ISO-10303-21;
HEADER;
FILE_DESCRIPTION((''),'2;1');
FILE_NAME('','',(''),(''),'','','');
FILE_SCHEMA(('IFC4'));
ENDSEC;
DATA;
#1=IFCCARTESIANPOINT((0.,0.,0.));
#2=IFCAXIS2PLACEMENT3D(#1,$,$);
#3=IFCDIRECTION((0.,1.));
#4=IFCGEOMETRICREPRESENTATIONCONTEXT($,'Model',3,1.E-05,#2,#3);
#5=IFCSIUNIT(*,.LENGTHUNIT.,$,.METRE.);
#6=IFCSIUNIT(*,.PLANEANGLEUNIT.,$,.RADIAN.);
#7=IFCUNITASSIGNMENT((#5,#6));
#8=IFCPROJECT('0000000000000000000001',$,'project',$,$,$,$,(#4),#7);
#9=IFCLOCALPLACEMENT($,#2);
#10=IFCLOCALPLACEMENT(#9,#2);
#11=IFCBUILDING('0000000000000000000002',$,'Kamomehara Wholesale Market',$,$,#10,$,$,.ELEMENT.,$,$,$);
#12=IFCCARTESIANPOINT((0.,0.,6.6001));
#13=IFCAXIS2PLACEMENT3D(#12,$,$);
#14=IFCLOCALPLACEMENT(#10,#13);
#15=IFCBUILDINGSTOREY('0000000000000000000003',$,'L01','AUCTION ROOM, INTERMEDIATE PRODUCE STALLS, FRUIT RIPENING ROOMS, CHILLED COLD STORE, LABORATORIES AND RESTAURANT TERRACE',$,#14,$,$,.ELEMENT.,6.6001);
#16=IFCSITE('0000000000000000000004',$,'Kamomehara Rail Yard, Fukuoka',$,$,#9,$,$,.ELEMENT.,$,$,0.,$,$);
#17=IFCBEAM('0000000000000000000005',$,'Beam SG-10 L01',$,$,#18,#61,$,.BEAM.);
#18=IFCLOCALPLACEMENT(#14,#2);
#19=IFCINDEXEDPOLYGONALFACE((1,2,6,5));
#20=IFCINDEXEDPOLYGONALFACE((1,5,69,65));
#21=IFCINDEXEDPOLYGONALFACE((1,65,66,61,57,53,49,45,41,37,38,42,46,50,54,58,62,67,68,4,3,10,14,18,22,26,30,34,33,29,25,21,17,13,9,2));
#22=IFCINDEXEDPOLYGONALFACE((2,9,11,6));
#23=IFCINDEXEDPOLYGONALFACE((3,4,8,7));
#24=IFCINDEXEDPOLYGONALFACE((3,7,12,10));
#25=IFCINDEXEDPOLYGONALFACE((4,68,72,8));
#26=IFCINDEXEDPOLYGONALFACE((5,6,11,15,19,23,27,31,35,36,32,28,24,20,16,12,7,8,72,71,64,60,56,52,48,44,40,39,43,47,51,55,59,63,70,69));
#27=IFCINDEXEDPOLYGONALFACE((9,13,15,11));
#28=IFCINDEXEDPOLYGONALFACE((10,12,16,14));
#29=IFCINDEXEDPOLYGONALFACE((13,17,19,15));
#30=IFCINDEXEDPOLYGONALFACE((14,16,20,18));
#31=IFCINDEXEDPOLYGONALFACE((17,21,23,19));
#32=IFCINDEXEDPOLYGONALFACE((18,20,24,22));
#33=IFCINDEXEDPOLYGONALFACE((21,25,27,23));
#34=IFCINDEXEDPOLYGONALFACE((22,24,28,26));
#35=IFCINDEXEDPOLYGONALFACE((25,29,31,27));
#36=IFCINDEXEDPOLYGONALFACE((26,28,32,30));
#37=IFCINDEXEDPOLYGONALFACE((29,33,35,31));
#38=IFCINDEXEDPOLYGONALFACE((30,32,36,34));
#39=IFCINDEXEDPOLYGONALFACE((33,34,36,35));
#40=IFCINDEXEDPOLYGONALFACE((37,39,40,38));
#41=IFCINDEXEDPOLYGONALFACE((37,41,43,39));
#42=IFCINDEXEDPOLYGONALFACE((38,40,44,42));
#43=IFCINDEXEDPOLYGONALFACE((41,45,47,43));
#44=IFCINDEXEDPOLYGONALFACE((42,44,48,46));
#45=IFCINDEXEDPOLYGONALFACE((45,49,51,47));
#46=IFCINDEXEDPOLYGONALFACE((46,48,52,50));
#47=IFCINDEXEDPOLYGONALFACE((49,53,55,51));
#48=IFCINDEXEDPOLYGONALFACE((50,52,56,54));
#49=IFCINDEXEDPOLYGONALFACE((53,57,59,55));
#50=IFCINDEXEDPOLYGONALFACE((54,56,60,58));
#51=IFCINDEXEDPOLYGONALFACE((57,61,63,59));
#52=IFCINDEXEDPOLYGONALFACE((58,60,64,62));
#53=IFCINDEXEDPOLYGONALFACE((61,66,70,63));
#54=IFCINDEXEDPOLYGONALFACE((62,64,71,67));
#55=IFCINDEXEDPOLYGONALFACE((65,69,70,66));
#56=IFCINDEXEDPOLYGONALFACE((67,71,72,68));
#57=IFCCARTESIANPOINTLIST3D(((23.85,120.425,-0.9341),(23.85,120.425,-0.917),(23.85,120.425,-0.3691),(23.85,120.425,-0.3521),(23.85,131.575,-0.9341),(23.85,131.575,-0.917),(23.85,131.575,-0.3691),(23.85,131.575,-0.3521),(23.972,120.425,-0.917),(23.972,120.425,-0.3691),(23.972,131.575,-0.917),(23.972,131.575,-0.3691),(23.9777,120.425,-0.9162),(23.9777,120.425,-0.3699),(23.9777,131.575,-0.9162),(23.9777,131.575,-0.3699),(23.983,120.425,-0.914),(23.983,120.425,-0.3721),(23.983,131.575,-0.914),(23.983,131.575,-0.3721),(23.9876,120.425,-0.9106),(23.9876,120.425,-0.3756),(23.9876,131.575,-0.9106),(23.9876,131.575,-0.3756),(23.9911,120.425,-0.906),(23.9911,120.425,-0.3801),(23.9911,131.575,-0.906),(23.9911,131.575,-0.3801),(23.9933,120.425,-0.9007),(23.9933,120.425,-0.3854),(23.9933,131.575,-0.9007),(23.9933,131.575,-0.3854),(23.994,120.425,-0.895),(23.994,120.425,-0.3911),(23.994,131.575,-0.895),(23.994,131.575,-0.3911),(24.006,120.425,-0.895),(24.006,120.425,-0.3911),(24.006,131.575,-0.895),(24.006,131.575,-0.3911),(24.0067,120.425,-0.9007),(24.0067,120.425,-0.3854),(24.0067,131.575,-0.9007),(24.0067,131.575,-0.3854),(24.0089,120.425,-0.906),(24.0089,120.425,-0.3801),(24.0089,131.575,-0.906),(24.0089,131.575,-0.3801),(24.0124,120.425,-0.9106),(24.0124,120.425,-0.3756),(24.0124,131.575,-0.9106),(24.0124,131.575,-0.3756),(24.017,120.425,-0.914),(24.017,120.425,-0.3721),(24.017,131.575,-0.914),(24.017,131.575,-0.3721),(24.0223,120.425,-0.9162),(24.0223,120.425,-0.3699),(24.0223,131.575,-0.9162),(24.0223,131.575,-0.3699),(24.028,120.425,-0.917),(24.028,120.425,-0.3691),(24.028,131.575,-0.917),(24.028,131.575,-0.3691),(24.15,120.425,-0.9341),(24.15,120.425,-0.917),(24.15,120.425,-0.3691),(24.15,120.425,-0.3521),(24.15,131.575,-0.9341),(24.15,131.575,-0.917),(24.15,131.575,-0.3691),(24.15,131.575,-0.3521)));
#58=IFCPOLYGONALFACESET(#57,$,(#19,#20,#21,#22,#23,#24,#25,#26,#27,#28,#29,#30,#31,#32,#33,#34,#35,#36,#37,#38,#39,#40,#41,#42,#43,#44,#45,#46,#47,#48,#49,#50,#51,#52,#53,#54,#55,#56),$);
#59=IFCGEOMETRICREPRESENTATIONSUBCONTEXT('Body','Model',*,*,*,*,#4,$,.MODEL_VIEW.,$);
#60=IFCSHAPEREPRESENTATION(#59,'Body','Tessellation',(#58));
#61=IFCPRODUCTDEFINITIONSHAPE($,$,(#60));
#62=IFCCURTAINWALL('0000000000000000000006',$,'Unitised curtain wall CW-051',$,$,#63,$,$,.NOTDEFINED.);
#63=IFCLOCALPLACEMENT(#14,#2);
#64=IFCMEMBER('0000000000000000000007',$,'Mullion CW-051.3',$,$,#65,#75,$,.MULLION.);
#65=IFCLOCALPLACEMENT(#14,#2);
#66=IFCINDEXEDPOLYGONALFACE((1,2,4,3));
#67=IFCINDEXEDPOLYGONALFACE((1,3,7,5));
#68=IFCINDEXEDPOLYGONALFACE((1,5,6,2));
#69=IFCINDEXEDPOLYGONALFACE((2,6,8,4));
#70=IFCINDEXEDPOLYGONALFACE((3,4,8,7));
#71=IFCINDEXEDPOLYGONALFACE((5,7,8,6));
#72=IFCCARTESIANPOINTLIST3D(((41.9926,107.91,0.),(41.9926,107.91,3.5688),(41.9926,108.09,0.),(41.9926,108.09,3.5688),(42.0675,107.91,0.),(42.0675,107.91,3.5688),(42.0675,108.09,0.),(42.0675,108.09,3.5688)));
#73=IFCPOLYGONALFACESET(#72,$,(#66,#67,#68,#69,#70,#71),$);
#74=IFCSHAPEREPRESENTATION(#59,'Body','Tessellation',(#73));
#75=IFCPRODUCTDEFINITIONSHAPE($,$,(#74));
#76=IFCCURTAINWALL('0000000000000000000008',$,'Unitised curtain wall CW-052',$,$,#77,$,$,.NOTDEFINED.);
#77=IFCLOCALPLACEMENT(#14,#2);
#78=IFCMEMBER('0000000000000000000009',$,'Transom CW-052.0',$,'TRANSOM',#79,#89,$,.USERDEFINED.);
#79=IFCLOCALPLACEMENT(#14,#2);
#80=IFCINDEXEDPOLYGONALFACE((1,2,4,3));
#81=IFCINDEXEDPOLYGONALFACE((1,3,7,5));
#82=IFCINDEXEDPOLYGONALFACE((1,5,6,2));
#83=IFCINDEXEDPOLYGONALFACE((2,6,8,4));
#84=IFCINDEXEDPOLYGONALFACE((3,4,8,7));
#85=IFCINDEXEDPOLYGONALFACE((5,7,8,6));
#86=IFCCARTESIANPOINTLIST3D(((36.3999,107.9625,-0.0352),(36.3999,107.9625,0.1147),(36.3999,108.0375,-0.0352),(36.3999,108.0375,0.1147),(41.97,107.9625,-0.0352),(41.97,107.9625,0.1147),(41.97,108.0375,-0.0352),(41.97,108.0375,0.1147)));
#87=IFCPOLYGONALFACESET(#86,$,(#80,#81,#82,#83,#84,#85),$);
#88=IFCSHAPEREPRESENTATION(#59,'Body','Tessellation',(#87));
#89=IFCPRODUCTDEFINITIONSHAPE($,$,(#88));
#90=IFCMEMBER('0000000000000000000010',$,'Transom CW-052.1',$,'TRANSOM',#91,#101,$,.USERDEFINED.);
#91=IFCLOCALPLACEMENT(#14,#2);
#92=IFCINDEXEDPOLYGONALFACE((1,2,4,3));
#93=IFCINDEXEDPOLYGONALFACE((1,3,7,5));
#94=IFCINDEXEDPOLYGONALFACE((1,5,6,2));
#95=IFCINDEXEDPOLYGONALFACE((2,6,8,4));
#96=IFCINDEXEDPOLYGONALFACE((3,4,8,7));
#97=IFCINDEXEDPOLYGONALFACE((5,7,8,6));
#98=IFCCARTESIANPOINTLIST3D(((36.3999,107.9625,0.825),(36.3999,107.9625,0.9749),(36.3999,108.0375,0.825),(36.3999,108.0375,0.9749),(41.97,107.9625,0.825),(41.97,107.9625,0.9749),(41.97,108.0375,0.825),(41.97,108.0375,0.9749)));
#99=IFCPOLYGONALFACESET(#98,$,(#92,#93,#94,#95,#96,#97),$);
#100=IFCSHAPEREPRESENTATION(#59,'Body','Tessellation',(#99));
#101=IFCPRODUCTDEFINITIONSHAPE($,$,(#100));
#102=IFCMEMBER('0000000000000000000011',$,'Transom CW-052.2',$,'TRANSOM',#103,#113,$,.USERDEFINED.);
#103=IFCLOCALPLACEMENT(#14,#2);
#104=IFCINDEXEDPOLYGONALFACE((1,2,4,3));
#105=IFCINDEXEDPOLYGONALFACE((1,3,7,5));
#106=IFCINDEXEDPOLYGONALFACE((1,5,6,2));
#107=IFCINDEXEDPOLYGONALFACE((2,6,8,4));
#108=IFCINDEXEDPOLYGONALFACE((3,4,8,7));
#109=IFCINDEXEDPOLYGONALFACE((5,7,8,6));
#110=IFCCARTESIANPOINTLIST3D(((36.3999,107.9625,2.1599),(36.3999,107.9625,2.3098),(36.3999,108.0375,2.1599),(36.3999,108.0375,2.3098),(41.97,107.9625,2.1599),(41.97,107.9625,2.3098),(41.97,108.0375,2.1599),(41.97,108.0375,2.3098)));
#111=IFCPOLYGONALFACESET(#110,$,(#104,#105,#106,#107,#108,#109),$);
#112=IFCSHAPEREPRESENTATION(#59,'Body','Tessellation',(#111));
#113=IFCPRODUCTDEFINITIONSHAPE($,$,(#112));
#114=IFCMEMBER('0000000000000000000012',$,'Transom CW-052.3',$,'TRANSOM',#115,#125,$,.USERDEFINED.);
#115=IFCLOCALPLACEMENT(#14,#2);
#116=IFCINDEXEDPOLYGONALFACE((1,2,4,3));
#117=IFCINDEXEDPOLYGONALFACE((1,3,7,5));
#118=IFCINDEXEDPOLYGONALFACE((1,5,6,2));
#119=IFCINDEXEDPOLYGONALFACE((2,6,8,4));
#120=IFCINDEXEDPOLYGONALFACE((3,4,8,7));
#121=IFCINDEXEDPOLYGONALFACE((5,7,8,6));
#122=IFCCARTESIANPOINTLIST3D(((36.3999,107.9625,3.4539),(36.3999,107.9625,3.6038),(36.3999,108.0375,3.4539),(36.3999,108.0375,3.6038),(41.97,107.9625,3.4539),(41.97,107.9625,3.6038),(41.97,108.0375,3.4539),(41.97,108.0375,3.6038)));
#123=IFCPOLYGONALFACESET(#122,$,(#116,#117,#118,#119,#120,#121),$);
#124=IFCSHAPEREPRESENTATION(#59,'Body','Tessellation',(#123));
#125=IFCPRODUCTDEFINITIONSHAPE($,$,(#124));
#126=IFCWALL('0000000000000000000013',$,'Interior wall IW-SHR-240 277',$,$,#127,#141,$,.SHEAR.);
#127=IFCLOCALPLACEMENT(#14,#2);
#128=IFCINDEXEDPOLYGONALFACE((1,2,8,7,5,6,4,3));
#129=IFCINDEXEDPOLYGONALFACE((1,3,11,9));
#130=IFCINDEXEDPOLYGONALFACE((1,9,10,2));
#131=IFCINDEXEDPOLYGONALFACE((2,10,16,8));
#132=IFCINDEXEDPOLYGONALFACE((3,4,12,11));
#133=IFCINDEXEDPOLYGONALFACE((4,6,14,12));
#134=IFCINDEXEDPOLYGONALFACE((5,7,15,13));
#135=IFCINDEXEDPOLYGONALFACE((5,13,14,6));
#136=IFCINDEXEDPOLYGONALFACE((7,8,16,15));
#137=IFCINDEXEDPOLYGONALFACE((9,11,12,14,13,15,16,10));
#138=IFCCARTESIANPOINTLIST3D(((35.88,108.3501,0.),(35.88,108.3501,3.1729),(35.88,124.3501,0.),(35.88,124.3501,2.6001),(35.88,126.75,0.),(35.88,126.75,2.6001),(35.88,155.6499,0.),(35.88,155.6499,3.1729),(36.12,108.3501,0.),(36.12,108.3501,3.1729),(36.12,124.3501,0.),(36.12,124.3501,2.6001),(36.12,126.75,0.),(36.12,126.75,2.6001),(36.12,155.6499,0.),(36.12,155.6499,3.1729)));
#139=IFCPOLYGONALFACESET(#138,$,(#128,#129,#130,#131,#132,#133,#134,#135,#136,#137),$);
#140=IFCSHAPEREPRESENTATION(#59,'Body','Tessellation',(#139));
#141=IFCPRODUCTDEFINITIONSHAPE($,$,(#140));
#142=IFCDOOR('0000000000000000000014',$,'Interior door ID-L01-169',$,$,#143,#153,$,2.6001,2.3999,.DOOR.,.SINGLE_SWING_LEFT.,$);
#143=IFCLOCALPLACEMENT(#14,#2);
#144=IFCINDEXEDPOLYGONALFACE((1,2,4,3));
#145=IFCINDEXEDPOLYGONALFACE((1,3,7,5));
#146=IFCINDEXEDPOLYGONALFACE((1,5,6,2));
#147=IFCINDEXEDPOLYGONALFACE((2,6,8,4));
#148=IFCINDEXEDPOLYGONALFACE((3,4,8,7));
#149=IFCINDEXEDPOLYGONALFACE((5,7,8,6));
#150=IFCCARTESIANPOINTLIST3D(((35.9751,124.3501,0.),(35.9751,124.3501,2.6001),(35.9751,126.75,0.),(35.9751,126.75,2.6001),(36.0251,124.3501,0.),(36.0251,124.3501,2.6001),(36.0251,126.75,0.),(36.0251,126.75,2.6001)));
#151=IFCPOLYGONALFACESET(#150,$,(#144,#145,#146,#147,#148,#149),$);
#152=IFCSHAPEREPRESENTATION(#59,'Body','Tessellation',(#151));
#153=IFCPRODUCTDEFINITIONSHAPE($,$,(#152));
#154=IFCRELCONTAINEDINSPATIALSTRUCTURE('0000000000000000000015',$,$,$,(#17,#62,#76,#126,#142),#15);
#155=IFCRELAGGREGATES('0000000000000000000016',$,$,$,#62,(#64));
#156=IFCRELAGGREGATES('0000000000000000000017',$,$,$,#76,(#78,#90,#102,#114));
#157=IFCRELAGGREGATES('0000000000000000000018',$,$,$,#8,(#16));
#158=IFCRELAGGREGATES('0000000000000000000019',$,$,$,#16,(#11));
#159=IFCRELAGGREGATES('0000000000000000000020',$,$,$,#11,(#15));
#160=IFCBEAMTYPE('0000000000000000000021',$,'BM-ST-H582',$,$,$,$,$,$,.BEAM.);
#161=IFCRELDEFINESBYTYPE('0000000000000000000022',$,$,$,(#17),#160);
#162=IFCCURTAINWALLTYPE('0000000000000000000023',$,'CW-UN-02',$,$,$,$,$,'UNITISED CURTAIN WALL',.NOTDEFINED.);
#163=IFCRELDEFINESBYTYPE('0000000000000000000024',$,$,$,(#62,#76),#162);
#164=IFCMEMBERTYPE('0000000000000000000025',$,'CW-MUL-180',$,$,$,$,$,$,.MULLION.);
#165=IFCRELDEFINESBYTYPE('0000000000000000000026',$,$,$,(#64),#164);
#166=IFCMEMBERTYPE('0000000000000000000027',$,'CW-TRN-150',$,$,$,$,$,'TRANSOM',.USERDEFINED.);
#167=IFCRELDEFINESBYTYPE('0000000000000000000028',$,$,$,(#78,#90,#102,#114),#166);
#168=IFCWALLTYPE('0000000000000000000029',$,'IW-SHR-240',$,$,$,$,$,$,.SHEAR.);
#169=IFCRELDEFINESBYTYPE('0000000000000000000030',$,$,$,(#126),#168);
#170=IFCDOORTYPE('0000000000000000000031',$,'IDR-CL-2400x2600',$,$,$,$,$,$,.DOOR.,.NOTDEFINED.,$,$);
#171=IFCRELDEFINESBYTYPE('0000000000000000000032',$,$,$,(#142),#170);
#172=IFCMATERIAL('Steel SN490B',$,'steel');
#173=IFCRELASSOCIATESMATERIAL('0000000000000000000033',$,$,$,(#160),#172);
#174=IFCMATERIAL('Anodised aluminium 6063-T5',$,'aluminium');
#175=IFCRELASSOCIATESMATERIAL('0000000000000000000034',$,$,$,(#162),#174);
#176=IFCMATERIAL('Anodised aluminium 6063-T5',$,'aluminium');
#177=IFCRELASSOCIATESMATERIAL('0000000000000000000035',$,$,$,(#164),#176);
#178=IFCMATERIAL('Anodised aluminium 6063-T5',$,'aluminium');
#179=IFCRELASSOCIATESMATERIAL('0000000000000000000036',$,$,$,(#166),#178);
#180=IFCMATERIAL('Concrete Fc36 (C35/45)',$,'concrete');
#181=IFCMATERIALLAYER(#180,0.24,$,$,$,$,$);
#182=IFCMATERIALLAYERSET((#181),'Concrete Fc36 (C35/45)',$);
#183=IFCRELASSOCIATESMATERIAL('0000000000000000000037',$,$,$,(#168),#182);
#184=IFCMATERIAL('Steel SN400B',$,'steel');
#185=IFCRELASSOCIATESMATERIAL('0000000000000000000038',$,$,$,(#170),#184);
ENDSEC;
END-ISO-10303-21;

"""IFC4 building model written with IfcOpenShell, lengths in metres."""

from ifc_helpers import new_model, si_unit, direction, frame, frame_2d, origin, origin_2d, place, context, subcontext, project, spatial, rectangle, i_section, extrude, material, layer, layer_set, material_profile, profile_set, type_object, element, fill, aggregate, save


model = new_model("IFC4")

# Units and contexts
model_context = context("Model", 3, precision=1e-05, world=origin(), true_north=direction((0.0, 1.0)))
body_context = subcontext(model_context, "Body", "Model", "MODEL_VIEW")
ifc_project = project(units=[si_unit("LENGTHUNIT", "METRE"), si_unit("PLANEANGLEUNIT", "RADIAN")], contexts=[model_context])

# Site, building, storey
site_placement = place(None, origin())
site = spatial("IfcSite", under=ifc_project, at=site_placement, Name="Kamomehara Rail Yard, Fukuoka", CompositionType="ELEMENT", RefElevation=0.0)
building_placement = place(site_placement, origin())
building = spatial("IfcBuilding", under=site, at=building_placement, Name="Kamomehara Wholesale Market", CompositionType="ELEMENT")
storey_placement = place(building_placement, frame((0.0, 0.0, 6.6001)))
storey = spatial("IfcBuildingStorey", under=building, at=storey_placement, Name="L01", Description="AUCTION ROOM, INTERMEDIATE PRODUCE STALLS, FRUIT RIPENING ROOMS, CHILLED COLD STORE, LABORATORIES AND RESTAURANT TERRACE", CompositionType="ELEMENT", Elevation=6.6001)

# Beam
ifc_material_1 = material(Name="Steel SN490B", Category="steel")
ifc_material_profile_1 = material_profile(ifc_material_1, i_section(OverallWidth=0.3, OverallDepth=0.582, WebThickness=0.012, FlangeThickness=0.0171, FilletRadius=0.022, at=origin_2d()), Name="H-582x300x12x17")
ifc_profile_set_1 = profile_set([ifc_material_profile_1], Name="Steel SN490B")
beam_type_1 = type_object("IfcBeamType", Name="BM-ST-H582", PredefinedType="BEAM", material=ifc_profile_set_1)
beam_1_placement = place(storey_placement, frame((24.0, 120.425, -0.6431), z_axis=(0.0, 1.0, 0.0), x_axis=(-1.0, 0.0, 0.0)))
element("IfcBeam", 1, at=beam_1_placement, inside=storey, type_object=beam_type_1, Name="Beam SG-10 L01", PredefinedType="BEAM", context=body_context, shape_type="SweptSolid", body=[
    extrude(i_section(OverallWidth=0.3, OverallDepth=0.582, WebThickness=0.012, FlangeThickness=0.0171, FilletRadius=0.022, at=origin_2d()), origin(), (0.0, 0.0, 1.0), 11.1499),
])

# Curtain wall, member
ifc_material_2 = material(Name="Anodised aluminium 6063-T5", Category="aluminium")
curtain_wall_type = type_object("IfcCurtainWallType", Name="CW-UN-02", ElementType="UNITISED CURTAIN WALL", PredefinedType="NOTDEFINED", material=ifc_material_2)
curtain_wall_1_placement = place(storey_placement, origin())
curtain_wall_1 = element("IfcCurtainWall", 2, at=curtain_wall_1_placement, inside=storey, type_object=curtain_wall_type, Name="Unitised curtain wall CW-051", PredefinedType="NOTDEFINED")
ifc_material_3 = material(Name="Anodised aluminium 6063-T5", Category="aluminium")
ifc_material_profile_2 = material_profile(ifc_material_3, rectangle(XDim=0.075, YDim=0.1799, at=origin_2d()), Name="ALU-MUL-75x180")
ifc_profile_set_2 = profile_set([ifc_material_profile_2], Name="Anodised aluminium 6063-T5")
member_type_1 = type_object("IfcMemberType", Name="CW-MUL-180", PredefinedType="MULLION", material=ifc_profile_set_2)
member_1_placement = place(storey_placement, frame((42.03, 108.0, 0.0), z_axis=(0.0, 0.0, 1.0), x_axis=(-1.0, 0.0, 0.0)))
member_1 = element("IfcMember", 3, at=member_1_placement, type_object=member_type_1, Name="Mullion CW-051.3", PredefinedType="MULLION", context=body_context, shape_type="SweptSolid", body=[
    extrude(rectangle(XDim=0.075, YDim=0.1799, at=origin_2d()), origin(), (0.0, 0.0, 1.0), 3.5688),
])
aggregate(curtain_wall_1, [member_1])

# Curtain wall, members
curtain_wall_2_placement = place(storey_placement, origin())
curtain_wall_2 = element("IfcCurtainWall", 4, at=curtain_wall_2_placement, inside=storey, type_object=curtain_wall_type, Name="Unitised curtain wall CW-052", PredefinedType="NOTDEFINED")
ifc_material_4 = material(Name="Anodised aluminium 6063-T5", Category="aluminium")
ifc_material_profile_3 = material_profile(ifc_material_4, rectangle(XDim=0.075, YDim=0.1499, at=origin_2d()), Name="ALU-TRN-75x150")
ifc_profile_set_3 = profile_set([ifc_material_profile_3], Name="Anodised aluminium 6063-T5")
member_type_2 = type_object("IfcMemberType", Name="CW-TRN-150", ElementType="TRANSOM", PredefinedType="USERDEFINED", material=ifc_profile_set_3)
member_2_placement = place(storey_placement, frame((41.97, 108.0, 0.0398), z_axis=(-1.0, 0.0, 0.0), x_axis=(0.0, -1.0, 0.0)))
member_2 = element("IfcMember", 5, at=member_2_placement, type_object=member_type_2, Name="Transom CW-052.0", ObjectType="TRANSOM", PredefinedType="USERDEFINED", context=body_context, shape_type="SweptSolid", body=[
    extrude(rectangle(XDim=0.075, YDim=0.1499, at=origin_2d()), origin(), (0.0, 0.0, 1.0), 5.5701),
])
member_3_placement = place(storey_placement, frame((41.97, 108.0, 0.8999), z_axis=(-1.0, 0.0, 0.0), x_axis=(0.0, -1.0, 0.0)))
member_3 = element("IfcMember", 6, at=member_3_placement, type_object=member_type_2, Name="Transom CW-052.1", ObjectType="TRANSOM", PredefinedType="USERDEFINED", context=body_context, shape_type="SweptSolid", body=[
    extrude(rectangle(XDim=0.075, YDim=0.1499, at=origin_2d()), origin(), (0.0, 0.0, 1.0), 5.5701),
])
member_4_placement = place(storey_placement, frame((41.97, 108.0, 2.2349), z_axis=(-1.0, 0.0, 0.0), x_axis=(0.0, -1.0, 0.0)))
member_4 = element("IfcMember", 7, at=member_4_placement, type_object=member_type_2, Name="Transom CW-052.2", ObjectType="TRANSOM", PredefinedType="USERDEFINED", context=body_context, shape_type="SweptSolid", body=[
    extrude(rectangle(XDim=0.075, YDim=0.1499, at=origin_2d()), origin(), (0.0, 0.0, 1.0), 5.5701),
])
member_5_placement = place(storey_placement, frame((41.97, 108.0, 3.5288), z_axis=(-1.0, 0.0, 0.0), x_axis=(0.0, -1.0, 0.0)))
member_5 = element("IfcMember", 8, at=member_5_placement, type_object=member_type_2, Name="Transom CW-052.3", ObjectType="TRANSOM", PredefinedType="USERDEFINED", context=body_context, shape_type="SweptSolid", body=[
    extrude(rectangle(XDim=0.075, YDim=0.1499, at=origin_2d()), origin(), (0.0, 0.0, 1.0), 5.5701),
])
aggregate(curtain_wall_2, [member_2, member_3, member_4, member_5])

# Wall, opening, door
ifc_material_5 = material(Name="Concrete Fc36 (C35/45)", Category="concrete")
ifc_layer = layer(ifc_material_5, 0.24)
ifc_layer_set = layer_set([ifc_layer], Name="Concrete Fc36 (C35/45)")
wall_type = type_object("IfcWallType", Name="IW-SHR-240", PredefinedType="SHEAR", material=ifc_layer_set)
wall_placement = place(storey_placement, frame((36.0, 108.3501, 0.0), z_axis=(0.0, 0.0, 1.0), x_axis=(0.0, 1.0, 0.0)))
wall = element("IfcWall", 9, at=wall_placement, inside=storey, type_object=wall_type, Name="Interior wall IW-SHR-240 277", PredefinedType="SHEAR", context=body_context, shape_type="SweptSolid", body=[
    extrude(rectangle(XDim=47.2998, YDim=0.24, at=frame_2d((23.6499, 0.0))), origin(), (0.0, 0.0, 1.0), 3.1729),
])
opening_placement = place(wall_placement, frame((16.0, 0.0, 0.0)))
opening = element("IfcOpeningElement", 10, at=opening_placement, cuts=wall, PredefinedType="OPENING", context=body_context, shape_type="SweptSolid", body=[
    extrude(rectangle(XDim=2.3999, YDim=2.6001, at=frame_2d((1.2, 1.3))), frame((0.0, 0.1348, 0.0), z_axis=(0.0, -1.0, 0.0), x_axis=(1.0, 0.0, 0.0)), (0.0, 0.0, 1.0), 0.2698),
])
ifc_material_6 = material(Name="Steel SN400B", Category="steel")
door_type = type_object("IfcDoorType", Name="IDR-CL-2400x2600", OperationType="NOTDEFINED", PredefinedType="DOOR", material=ifc_material_6)
door_placement = place(opening_placement, origin())
door = element("IfcDoor", 11, at=door_placement, inside=storey, type_object=door_type, Name="Interior door ID-L01-169", OperationType="SINGLE_SWING_LEFT", OverallHeight=2.6001, OverallWidth=2.3999, PredefinedType="DOOR", context=body_context, shape_type="SweptSolid", body=[
    extrude(rectangle(XDim=2.3999, YDim=2.6001, at=frame_2d((1.2, 1.3))), frame((0.0, 0.0249, 0.0), z_axis=(0.0, -1.0, 0.0), x_axis=(1.0, 0.0, 0.0)), (0.0, 0.0, 1.0), 0.05),
])
fill(opening, door)

save(model, "model.ifc")
